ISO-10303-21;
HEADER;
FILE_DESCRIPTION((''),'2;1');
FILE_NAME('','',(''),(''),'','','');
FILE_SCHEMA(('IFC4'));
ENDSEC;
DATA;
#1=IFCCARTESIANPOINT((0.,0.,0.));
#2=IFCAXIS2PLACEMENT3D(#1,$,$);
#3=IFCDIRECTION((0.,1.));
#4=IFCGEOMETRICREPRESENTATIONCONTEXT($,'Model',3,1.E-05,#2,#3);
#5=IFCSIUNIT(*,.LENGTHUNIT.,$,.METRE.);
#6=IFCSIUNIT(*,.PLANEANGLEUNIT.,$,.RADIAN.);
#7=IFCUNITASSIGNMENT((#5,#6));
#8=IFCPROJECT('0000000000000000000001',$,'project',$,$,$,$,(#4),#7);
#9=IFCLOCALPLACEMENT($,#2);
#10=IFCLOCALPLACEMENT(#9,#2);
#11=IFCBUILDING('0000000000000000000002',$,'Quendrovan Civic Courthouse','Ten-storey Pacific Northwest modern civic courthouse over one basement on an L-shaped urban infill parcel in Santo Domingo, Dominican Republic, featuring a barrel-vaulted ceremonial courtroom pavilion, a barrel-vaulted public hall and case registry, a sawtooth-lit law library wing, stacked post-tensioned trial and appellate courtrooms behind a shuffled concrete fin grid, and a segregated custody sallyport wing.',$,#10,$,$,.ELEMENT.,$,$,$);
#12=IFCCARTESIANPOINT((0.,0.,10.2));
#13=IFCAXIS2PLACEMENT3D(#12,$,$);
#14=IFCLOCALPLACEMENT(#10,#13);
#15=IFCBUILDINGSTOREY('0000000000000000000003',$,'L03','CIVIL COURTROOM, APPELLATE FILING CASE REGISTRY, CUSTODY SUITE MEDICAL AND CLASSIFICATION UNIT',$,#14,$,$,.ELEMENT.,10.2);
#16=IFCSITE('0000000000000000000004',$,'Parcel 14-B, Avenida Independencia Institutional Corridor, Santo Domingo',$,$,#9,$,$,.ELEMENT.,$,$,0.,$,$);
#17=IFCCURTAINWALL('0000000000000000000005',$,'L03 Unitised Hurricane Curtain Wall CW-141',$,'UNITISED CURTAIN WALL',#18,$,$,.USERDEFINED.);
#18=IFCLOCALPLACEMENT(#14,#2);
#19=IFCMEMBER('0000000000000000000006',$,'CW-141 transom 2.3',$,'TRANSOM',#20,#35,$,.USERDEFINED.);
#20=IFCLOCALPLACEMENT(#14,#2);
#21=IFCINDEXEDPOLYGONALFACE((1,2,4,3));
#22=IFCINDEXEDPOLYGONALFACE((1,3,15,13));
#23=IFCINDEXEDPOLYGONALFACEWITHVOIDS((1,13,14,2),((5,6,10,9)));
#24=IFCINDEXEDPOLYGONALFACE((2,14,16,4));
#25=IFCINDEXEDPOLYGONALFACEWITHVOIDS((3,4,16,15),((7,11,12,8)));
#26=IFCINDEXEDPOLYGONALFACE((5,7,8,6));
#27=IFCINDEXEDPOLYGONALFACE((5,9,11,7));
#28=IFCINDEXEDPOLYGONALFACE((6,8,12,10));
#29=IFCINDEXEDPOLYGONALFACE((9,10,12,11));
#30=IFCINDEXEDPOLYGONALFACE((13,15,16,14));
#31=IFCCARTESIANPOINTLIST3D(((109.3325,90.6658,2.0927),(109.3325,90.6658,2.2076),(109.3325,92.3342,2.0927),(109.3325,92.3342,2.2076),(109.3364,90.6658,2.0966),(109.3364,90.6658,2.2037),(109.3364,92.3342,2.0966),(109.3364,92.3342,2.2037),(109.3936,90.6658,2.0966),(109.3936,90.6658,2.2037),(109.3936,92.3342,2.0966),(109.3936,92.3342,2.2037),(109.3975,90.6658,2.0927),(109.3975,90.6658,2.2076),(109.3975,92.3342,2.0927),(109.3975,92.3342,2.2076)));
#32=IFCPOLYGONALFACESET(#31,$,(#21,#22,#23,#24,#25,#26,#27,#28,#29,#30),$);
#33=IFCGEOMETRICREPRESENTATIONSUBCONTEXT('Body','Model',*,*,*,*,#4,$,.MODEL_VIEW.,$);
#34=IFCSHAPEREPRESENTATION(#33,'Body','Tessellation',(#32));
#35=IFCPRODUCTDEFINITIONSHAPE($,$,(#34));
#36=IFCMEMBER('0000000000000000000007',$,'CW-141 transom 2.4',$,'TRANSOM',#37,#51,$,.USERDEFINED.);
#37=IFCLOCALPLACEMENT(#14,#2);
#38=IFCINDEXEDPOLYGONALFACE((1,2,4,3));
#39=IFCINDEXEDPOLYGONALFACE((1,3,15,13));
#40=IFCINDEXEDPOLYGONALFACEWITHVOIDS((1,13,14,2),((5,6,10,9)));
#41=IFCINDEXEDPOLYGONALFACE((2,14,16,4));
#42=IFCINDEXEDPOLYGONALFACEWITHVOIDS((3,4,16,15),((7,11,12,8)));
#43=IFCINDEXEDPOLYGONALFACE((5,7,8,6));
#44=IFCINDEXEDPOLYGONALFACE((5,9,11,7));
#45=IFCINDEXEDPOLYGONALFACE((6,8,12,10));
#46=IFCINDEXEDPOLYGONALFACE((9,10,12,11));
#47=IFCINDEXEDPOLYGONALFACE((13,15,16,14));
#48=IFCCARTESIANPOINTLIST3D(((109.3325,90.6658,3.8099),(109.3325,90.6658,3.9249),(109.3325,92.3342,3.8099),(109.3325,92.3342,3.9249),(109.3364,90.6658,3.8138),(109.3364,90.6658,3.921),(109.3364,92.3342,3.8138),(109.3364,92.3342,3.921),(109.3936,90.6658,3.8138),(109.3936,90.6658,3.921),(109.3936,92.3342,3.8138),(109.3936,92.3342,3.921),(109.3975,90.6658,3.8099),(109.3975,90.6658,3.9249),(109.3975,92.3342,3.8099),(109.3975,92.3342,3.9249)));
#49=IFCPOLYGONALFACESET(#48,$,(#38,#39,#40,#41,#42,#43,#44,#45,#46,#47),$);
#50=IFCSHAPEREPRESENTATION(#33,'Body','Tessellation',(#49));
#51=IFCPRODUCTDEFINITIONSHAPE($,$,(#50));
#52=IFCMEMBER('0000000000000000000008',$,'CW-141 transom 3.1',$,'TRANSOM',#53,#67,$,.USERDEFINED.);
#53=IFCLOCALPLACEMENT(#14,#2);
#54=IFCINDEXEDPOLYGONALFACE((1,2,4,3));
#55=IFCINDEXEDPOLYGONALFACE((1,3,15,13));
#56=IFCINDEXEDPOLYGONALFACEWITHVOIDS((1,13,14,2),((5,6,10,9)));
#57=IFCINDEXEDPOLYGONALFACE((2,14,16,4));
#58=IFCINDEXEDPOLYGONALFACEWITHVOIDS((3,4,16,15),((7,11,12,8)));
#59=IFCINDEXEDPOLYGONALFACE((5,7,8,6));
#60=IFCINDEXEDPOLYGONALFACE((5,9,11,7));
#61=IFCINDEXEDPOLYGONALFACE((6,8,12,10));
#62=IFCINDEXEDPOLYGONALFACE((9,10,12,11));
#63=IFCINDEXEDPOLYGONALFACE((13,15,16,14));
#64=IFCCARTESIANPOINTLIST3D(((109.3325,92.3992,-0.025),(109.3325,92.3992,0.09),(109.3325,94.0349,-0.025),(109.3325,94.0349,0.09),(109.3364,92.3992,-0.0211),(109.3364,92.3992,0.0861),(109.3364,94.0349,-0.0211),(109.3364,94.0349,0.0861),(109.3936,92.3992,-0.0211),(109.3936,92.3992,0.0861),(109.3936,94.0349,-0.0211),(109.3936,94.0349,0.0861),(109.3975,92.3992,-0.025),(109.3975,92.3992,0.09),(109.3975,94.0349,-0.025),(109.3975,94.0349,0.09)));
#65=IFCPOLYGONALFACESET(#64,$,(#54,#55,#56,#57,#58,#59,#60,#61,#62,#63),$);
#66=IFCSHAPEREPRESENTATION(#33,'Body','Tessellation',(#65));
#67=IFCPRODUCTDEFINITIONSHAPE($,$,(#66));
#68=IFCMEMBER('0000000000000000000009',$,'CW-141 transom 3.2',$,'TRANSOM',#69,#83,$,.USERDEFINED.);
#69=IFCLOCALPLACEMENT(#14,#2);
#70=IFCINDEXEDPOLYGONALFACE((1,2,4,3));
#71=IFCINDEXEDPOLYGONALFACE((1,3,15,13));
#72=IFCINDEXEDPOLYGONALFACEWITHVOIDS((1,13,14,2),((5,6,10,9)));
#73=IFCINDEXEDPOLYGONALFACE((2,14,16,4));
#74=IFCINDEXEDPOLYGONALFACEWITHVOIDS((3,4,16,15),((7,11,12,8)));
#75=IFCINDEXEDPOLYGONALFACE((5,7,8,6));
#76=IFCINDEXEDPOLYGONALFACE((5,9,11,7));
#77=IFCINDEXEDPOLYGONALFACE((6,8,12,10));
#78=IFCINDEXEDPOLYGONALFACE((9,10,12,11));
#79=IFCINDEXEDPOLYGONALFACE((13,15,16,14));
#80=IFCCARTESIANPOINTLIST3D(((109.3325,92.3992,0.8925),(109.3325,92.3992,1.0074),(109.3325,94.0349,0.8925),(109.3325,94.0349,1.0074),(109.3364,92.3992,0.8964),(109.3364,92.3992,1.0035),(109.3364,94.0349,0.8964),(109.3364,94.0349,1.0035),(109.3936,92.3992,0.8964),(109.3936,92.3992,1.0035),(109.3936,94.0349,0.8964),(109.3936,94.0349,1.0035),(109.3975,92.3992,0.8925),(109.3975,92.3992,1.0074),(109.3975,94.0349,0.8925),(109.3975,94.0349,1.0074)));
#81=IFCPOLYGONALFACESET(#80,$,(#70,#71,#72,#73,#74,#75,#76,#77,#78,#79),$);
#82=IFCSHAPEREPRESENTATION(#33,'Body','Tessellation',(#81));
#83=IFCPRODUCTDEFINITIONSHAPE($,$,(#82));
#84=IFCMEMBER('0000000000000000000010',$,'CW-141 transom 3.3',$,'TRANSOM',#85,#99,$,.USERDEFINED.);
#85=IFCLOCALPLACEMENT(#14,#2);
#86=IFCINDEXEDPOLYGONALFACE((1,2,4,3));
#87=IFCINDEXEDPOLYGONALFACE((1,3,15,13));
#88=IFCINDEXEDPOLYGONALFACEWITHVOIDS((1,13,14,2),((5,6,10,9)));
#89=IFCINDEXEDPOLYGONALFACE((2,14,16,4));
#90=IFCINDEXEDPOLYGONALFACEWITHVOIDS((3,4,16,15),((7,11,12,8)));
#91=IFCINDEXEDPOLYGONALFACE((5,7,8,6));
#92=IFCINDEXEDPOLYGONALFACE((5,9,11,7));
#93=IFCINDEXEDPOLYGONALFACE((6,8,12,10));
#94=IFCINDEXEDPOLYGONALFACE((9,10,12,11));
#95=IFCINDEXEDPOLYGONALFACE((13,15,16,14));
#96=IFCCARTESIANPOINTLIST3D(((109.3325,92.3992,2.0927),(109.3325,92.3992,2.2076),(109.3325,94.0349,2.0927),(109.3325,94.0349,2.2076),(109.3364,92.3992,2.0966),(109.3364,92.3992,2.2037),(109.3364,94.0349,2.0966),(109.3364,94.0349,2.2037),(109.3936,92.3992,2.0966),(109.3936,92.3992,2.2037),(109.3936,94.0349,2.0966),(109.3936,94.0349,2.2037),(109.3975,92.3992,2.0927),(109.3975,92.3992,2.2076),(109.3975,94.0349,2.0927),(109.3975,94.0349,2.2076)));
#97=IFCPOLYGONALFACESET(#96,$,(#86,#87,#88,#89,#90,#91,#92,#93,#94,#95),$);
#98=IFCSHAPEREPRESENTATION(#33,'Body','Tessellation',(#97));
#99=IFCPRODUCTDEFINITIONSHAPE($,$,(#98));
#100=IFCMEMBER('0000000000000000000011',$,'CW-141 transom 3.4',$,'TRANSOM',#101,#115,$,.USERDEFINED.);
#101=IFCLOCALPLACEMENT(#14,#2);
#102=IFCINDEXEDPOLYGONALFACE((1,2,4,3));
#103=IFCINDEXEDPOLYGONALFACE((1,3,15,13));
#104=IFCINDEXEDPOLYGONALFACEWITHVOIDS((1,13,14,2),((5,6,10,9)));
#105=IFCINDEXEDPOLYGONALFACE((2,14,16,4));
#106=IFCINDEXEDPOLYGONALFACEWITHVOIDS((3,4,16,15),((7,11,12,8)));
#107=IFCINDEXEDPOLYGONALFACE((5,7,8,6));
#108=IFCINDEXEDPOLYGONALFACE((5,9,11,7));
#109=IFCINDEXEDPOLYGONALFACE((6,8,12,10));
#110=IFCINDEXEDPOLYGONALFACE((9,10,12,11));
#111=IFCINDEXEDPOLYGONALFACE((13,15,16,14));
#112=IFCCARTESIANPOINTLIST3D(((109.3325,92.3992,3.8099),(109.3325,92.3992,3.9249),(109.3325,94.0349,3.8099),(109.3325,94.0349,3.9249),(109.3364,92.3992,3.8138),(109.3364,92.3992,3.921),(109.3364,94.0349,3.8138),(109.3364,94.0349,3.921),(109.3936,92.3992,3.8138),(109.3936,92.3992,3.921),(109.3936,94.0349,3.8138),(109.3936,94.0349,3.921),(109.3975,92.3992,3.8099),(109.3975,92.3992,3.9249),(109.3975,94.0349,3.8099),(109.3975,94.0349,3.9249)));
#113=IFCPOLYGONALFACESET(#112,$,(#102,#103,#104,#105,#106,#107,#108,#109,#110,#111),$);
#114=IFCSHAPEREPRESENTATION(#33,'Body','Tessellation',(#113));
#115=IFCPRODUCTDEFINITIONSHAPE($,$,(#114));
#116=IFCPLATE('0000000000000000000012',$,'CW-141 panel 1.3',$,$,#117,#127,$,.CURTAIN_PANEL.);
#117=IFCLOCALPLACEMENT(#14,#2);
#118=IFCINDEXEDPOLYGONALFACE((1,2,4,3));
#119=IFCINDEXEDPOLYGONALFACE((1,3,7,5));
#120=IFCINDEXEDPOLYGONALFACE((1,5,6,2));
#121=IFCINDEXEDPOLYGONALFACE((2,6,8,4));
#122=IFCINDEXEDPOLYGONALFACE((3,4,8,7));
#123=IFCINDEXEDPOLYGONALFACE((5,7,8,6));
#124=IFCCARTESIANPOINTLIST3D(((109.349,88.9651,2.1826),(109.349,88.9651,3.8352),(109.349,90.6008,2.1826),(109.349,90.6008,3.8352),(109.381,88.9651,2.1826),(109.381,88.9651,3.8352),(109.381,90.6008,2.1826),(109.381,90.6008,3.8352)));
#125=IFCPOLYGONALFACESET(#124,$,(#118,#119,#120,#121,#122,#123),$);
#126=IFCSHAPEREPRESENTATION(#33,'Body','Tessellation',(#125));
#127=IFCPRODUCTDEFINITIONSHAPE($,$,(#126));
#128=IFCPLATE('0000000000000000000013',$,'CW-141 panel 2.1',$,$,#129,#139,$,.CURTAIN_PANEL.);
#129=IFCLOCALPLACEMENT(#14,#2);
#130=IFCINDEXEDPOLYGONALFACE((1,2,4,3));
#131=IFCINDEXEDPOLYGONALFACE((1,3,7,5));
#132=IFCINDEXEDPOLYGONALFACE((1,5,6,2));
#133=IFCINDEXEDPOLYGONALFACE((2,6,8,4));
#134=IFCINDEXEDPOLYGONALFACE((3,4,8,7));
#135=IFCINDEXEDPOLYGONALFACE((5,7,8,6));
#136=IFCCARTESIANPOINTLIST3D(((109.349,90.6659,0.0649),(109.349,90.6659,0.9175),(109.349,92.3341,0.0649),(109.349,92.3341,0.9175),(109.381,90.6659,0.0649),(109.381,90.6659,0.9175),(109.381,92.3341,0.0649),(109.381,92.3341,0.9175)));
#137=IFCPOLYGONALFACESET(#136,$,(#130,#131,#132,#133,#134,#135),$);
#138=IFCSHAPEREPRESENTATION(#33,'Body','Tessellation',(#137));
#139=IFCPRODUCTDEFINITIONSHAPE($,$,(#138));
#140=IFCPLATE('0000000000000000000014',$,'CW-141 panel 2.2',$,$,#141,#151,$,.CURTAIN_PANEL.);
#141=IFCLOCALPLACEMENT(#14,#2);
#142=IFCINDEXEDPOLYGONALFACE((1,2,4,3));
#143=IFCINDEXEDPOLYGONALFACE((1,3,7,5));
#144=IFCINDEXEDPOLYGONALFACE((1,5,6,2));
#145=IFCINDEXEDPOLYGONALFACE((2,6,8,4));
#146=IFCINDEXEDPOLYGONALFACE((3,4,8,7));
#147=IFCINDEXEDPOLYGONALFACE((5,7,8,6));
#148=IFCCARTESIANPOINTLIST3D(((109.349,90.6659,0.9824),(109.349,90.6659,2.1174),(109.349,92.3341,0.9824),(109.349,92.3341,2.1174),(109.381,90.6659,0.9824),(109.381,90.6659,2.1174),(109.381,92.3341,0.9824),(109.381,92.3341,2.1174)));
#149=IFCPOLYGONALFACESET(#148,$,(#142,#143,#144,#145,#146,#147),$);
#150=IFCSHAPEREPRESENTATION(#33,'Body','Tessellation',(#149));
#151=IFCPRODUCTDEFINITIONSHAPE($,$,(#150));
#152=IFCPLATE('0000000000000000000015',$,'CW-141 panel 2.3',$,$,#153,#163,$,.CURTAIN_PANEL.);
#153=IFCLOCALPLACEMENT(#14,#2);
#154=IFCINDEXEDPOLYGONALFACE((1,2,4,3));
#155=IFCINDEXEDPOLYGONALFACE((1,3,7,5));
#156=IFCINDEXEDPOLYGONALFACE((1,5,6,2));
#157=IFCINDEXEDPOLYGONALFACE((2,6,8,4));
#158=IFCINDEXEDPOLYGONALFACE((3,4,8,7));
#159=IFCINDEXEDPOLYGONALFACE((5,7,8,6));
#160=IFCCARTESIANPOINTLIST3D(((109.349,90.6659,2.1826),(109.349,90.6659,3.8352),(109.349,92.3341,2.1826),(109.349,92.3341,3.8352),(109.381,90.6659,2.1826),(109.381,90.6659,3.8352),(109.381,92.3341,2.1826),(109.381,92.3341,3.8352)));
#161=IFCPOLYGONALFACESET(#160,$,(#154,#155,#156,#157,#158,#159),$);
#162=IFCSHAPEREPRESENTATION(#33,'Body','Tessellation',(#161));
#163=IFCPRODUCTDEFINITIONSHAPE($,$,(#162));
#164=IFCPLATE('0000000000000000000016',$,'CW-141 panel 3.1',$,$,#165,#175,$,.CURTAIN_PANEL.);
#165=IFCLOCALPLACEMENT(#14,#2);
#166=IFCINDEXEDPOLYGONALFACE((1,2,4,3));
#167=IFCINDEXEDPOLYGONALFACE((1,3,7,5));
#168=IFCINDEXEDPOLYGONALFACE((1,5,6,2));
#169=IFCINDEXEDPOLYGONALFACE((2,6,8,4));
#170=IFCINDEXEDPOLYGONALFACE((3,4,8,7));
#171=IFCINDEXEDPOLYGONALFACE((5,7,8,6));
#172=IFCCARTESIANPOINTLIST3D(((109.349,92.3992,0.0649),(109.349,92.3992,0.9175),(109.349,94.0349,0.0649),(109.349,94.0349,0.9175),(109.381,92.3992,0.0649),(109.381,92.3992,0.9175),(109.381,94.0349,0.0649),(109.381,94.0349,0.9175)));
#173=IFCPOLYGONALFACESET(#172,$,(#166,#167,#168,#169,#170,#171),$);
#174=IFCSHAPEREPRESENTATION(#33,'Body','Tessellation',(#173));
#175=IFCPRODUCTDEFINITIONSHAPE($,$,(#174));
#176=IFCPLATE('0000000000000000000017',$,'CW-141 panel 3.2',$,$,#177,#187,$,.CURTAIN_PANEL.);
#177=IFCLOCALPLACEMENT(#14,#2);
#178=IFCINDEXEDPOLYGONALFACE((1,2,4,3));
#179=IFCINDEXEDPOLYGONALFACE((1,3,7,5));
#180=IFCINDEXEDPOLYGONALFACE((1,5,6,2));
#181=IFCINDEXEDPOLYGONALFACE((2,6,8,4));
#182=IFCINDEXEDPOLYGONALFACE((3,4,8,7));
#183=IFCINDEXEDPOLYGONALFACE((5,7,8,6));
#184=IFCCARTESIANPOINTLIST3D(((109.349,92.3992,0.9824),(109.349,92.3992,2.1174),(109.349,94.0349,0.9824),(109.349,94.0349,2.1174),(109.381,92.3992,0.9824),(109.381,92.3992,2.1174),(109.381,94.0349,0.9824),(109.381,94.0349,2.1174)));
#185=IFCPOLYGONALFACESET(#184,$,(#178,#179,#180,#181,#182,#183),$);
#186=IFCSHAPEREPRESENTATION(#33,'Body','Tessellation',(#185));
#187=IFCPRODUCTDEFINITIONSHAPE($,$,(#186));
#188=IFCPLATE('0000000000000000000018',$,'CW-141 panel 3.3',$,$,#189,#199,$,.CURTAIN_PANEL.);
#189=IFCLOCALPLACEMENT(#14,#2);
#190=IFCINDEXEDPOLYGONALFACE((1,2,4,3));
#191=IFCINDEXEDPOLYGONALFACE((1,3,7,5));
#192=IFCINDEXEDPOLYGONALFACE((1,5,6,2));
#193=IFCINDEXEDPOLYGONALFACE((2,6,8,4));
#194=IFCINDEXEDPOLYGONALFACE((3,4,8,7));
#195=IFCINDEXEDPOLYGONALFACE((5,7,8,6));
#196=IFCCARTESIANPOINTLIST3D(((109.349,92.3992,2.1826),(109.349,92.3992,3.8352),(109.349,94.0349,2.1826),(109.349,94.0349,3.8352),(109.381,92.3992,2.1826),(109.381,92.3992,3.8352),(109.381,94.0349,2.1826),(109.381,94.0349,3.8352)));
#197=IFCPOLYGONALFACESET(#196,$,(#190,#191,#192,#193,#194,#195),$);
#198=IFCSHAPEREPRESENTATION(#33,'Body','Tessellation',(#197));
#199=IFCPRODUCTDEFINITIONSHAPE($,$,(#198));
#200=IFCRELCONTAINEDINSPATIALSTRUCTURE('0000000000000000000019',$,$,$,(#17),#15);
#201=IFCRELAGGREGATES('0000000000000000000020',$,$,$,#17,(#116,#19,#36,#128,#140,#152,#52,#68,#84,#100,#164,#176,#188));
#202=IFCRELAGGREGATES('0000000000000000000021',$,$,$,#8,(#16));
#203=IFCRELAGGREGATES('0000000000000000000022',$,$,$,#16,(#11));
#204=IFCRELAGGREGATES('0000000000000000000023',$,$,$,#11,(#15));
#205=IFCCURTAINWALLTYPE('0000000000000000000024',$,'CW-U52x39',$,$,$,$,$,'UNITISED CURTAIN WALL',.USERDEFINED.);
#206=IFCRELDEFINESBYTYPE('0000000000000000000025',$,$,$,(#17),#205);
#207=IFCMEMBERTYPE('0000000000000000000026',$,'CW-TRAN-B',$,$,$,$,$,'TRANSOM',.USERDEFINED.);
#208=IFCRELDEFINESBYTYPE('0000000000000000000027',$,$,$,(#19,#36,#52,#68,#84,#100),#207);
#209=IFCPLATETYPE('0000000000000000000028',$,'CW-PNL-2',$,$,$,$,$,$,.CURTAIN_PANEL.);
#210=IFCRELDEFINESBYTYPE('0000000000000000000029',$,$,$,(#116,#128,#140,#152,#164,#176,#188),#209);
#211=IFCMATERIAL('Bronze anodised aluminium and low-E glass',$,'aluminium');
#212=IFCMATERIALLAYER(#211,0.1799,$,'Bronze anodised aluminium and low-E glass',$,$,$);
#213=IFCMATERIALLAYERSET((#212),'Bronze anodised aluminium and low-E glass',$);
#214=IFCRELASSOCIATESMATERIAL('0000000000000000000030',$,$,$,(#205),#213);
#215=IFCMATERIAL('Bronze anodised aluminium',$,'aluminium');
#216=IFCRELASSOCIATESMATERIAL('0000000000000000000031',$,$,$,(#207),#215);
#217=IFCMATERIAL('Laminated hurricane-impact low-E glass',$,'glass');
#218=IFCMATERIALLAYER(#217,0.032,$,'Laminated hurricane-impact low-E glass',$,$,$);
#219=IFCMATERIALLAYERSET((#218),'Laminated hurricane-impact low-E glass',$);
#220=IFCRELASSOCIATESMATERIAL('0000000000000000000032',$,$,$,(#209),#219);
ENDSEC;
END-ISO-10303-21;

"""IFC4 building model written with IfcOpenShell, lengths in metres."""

from ifc_helpers import new_model, si_unit, direction, frame, origin, origin_2d, place, context, subcontext, project, spatial, rectangle, hollow_rectangle, extrude, material, layer, layer_set, material_profile, profile_set, type_object, element, aggregate, save


model = new_model("IFC4")

# Units and contexts
model_context = context("Model", 3, precision=1e-05, world=origin(), true_north=direction((0.0, 1.0)))
body_context = subcontext(model_context, "Body", "Model", "MODEL_VIEW")
ifc_project = project(units=[si_unit("LENGTHUNIT", "METRE"), si_unit("PLANEANGLEUNIT", "RADIAN")], contexts=[model_context])

# Site, building, storey
site_placement = place(None, origin())
site = spatial("IfcSite", under=ifc_project, at=site_placement, Name="Parcel 14-B, Avenida Independencia Institutional Corridor, Santo Domingo", CompositionType="ELEMENT", RefElevation=0.0)
building_placement = place(site_placement, origin())
building = spatial("IfcBuilding", under=site, at=building_placement, Name="Quendrovan Civic Courthouse", Description="Ten-storey Pacific Northwest modern civic courthouse over one basement on an L-shaped urban infill parcel in Santo Domingo, Dominican Republic, featuring a barrel-vaulted ceremonial courtroom pavilion, a barrel-vaulted public hall and case registry, a sawtooth-lit law library wing, stacked post-tensioned trial and appellate courtrooms behind a shuffled concrete fin grid, and a segregated custody sallyport wing.", CompositionType="ELEMENT")
storey_placement = place(building_placement, frame((0.0, 0.0, 10.2)))
storey = spatial("IfcBuildingStorey", under=building, at=storey_placement, Name="L03", Description="CIVIL COURTROOM, APPELLATE FILING CASE REGISTRY, CUSTODY SUITE MEDICAL AND CLASSIFICATION UNIT", CompositionType="ELEMENT", Elevation=10.2)

# Shared definitions
ifc_material_1 = material(Name="Bronze anodised aluminium and low-E glass", Category="aluminium")
ifc_material_2 = material(Name="Bronze anodised aluminium", Category="aluminium")

# Curtain wall
ifc_layer_1 = layer(ifc_material_1, 0.1799, Name="Bronze anodised aluminium and low-E glass")
ifc_layer_set_1 = layer_set([ifc_layer_1], Name="Bronze anodised aluminium and low-E glass")
curtain_wall_type_1 = type_object("IfcCurtainWallType", Name="CW-U52x39", ElementType="UNITISED CURTAIN WALL", PredefinedType="USERDEFINED", material=ifc_layer_set_1)
curtain_wall_1_placement = place(storey_placement, origin())
curtain_wall_1 = element("IfcCurtainWall", 1, at=curtain_wall_1_placement, inside=storey, type_object=curtain_wall_type_1, Name="L03 Unitised Hurricane Curtain Wall CW-141", ObjectType="UNITISED CURTAIN WALL", PredefinedType="USERDEFINED")

# Members
ifc_material_profile_1 = material_profile(ifc_material_2, hollow_rectangle(XDim=0.0649, YDim=0.115, WallThickness=0.0039, at=origin_2d()), Name="CW-TRAN-65x115")
ifc_profile_set_1 = profile_set([ifc_material_profile_1], Name="Bronze anodised aluminium")
member_type_1 = type_object("IfcMemberType", Name="CW-TRAN-B", ElementType="TRANSOM", PredefinedType="USERDEFINED", material=ifc_profile_set_1)
member_1_placement = place(storey_placement, frame((109.365, 90.6658, 2.1501), z_axis=(0.0, 1.0, 0.0), x_axis=(-1.0, 0.0, 0.0)))
member_1 = element("IfcMember", 2, at=member_1_placement, type_object=member_type_1, Name="CW-141 transom 2.3", ObjectType="TRANSOM", PredefinedType="USERDEFINED", context=body_context, shape_type="SweptSolid", body=[
    extrude(hollow_rectangle(XDim=0.0649, YDim=0.115, WallThickness=0.0039, at=origin_2d()), origin(), (0.0, 0.0, 1.0), 1.6685),
])
member_2_placement = place(storey_placement, frame((109.365, 90.6658, 3.8674), z_axis=(0.0, 1.0, 0.0), x_axis=(-1.0, 0.0, 0.0)))
member_2 = element("IfcMember", 3, at=member_2_placement, type_object=member_type_1, Name="CW-141 transom 2.4", ObjectType="TRANSOM", PredefinedType="USERDEFINED", context=body_context, shape_type="SweptSolid", body=[
    extrude(hollow_rectangle(XDim=0.0649, YDim=0.115, WallThickness=0.0039, at=origin_2d()), origin(), (0.0, 0.0, 1.0), 1.6685),
])
member_3_placement = place(storey_placement, frame((109.365, 92.3992, 0.0325), z_axis=(0.0, 1.0, 0.0), x_axis=(-1.0, 0.0, 0.0)))
member_3 = element("IfcMember", 4, at=member_3_placement, type_object=member_type_1, Name="CW-141 transom 3.1", ObjectType="TRANSOM", PredefinedType="USERDEFINED", context=body_context, shape_type="SweptSolid", body=[
    extrude(hollow_rectangle(XDim=0.0649, YDim=0.115, WallThickness=0.0039, at=origin_2d()), origin(), (0.0, 0.0, 1.0), 1.6357),
])
member_4_placement = place(storey_placement, frame((109.365, 92.3992, 0.95), z_axis=(0.0, 1.0, 0.0), x_axis=(-1.0, 0.0, 0.0)))
member_4 = element("IfcMember", 5, at=member_4_placement, type_object=member_type_1, Name="CW-141 transom 3.2", ObjectType="TRANSOM", PredefinedType="USERDEFINED", context=body_context, shape_type="SweptSolid", body=[
    extrude(hollow_rectangle(XDim=0.0649, YDim=0.115, WallThickness=0.0039, at=origin_2d()), origin(), (0.0, 0.0, 1.0), 1.6357),
])
member_5_placement = place(storey_placement, frame((109.365, 92.3992, 2.1501), z_axis=(0.0, 1.0, 0.0), x_axis=(-1.0, 0.0, 0.0)))
member_5 = element("IfcMember", 6, at=member_5_placement, type_object=member_type_1, Name="CW-141 transom 3.3", ObjectType="TRANSOM", PredefinedType="USERDEFINED", context=body_context, shape_type="SweptSolid", body=[
    extrude(hollow_rectangle(XDim=0.0649, YDim=0.115, WallThickness=0.0039, at=origin_2d()), origin(), (0.0, 0.0, 1.0), 1.6357),
])
member_6_placement = place(storey_placement, frame((109.365, 92.3992, 3.8674), z_axis=(0.0, 1.0, 0.0), x_axis=(-1.0, 0.0, 0.0)))
member_6 = element("IfcMember", 7, at=member_6_placement, type_object=member_type_1, Name="CW-141 transom 3.4", ObjectType="TRANSOM", PredefinedType="USERDEFINED", context=body_context, shape_type="SweptSolid", body=[
    extrude(hollow_rectangle(XDim=0.0649, YDim=0.115, WallThickness=0.0039, at=origin_2d()), origin(), (0.0, 0.0, 1.0), 1.6357),
])

# Plates
ifc_material_3 = material(Name="Laminated hurricane-impact low-E glass", Category="glass")
ifc_layer_2 = layer(ifc_material_3, 0.032, Name="Laminated hurricane-impact low-E glass")
ifc_layer_set_2 = layer_set([ifc_layer_2], Name="Laminated hurricane-impact low-E glass")
plate_type = type_object("IfcPlateType", Name="CW-PNL-2", PredefinedType="CURTAIN_PANEL", material=ifc_layer_set_2)
plate_1_placement = place(storey_placement, frame((109.365, 89.783, 2.1826), z_axis=(0.0, 0.0, 1.0), x_axis=(0.0, 1.0, 0.0)))
plate_1 = element("IfcPlate", 8, at=plate_1_placement, type_object=plate_type, Name="CW-141 panel 1.3", PredefinedType="CURTAIN_PANEL", context=body_context, shape_type="SweptSolid", body=[
    extrude(rectangle(XDim=1.6357, YDim=0.032, at=origin_2d()), origin(), (0.0, 0.0, 1.0), 1.6526),
])
plate_2_placement = place(storey_placement, frame((109.365, 91.5, 0.0649), z_axis=(0.0, 0.0, 1.0), x_axis=(0.0, 1.0, 0.0)))
plate_2 = element("IfcPlate", 9, at=plate_2_placement, type_object=plate_type, Name="CW-141 panel 2.1", PredefinedType="CURTAIN_PANEL", context=body_context, shape_type="SweptSolid", body=[
    extrude(rectangle(XDim=1.6682, YDim=0.032, at=origin_2d()), origin(), (0.0, 0.0, 1.0), 0.8525),
])
plate_3_placement = place(storey_placement, frame((109.365, 91.5, 0.9824), z_axis=(0.0, 0.0, 1.0), x_axis=(0.0, 1.0, 0.0)))
plate_3 = element("IfcPlate", 10, at=plate_3_placement, type_object=plate_type, Name="CW-141 panel 2.2", PredefinedType="CURTAIN_PANEL", context=body_context, shape_type="SweptSolid", body=[
    extrude(rectangle(XDim=1.6682, YDim=0.032, at=origin_2d()), origin(), (0.0, 0.0, 1.0), 1.135),
])
plate_4_placement = place(storey_placement, frame((109.365, 91.5, 2.1826), z_axis=(0.0, 0.0, 1.0), x_axis=(0.0, 1.0, 0.0)))
plate_4 = element("IfcPlate", 11, at=plate_4_placement, type_object=plate_type, Name="CW-141 panel 2.3", PredefinedType="CURTAIN_PANEL", context=body_context, shape_type="SweptSolid", body=[
    extrude(rectangle(XDim=1.6682, YDim=0.032, at=origin_2d()), origin(), (0.0, 0.0, 1.0), 1.6526),
])
plate_5_placement = place(storey_placement, frame((109.365, 93.217, 0.0649), z_axis=(0.0, 0.0, 1.0), x_axis=(0.0, 1.0, 0.0)))
plate_5 = element("IfcPlate", 12, at=plate_5_placement, type_object=plate_type, Name="CW-141 panel 3.1", PredefinedType="CURTAIN_PANEL", context=body_context, shape_type="SweptSolid", body=[
    extrude(rectangle(XDim=1.6357, YDim=0.032, at=origin_2d()), origin(), (0.0, 0.0, 1.0), 0.8525),
])
plate_6_placement = place(storey_placement, frame((109.365, 93.217, 0.9824), z_axis=(0.0, 0.0, 1.0), x_axis=(0.0, 1.0, 0.0)))
plate_6 = element("IfcPlate", 13, at=plate_6_placement, type_object=plate_type, Name="CW-141 panel 3.2", PredefinedType="CURTAIN_PANEL", context=body_context, shape_type="SweptSolid", body=[
    extrude(rectangle(XDim=1.6357, YDim=0.032, at=origin_2d()), origin(), (0.0, 0.0, 1.0), 1.135),
])
plate_7_placement = place(storey_placement, frame((109.365, 93.217, 2.1826), z_axis=(0.0, 0.0, 1.0), x_axis=(0.0, 1.0, 0.0)))
plate_7 = element("IfcPlate", 14, at=plate_7_placement, type_object=plate_type, Name="CW-141 panel 3.3", PredefinedType="CURTAIN_PANEL", context=body_context, shape_type="SweptSolid", body=[
    extrude(rectangle(XDim=1.6357, YDim=0.032, at=origin_2d()), origin(), (0.0, 0.0, 1.0), 1.6526),
])
aggregate(curtain_wall_1, [plate_1, member_1, member_2, plate_2, plate_3, plate_4, member_3, member_4, member_5, member_6, plate_5, plate_6, plate_7])

save(model, "model.ifc")
